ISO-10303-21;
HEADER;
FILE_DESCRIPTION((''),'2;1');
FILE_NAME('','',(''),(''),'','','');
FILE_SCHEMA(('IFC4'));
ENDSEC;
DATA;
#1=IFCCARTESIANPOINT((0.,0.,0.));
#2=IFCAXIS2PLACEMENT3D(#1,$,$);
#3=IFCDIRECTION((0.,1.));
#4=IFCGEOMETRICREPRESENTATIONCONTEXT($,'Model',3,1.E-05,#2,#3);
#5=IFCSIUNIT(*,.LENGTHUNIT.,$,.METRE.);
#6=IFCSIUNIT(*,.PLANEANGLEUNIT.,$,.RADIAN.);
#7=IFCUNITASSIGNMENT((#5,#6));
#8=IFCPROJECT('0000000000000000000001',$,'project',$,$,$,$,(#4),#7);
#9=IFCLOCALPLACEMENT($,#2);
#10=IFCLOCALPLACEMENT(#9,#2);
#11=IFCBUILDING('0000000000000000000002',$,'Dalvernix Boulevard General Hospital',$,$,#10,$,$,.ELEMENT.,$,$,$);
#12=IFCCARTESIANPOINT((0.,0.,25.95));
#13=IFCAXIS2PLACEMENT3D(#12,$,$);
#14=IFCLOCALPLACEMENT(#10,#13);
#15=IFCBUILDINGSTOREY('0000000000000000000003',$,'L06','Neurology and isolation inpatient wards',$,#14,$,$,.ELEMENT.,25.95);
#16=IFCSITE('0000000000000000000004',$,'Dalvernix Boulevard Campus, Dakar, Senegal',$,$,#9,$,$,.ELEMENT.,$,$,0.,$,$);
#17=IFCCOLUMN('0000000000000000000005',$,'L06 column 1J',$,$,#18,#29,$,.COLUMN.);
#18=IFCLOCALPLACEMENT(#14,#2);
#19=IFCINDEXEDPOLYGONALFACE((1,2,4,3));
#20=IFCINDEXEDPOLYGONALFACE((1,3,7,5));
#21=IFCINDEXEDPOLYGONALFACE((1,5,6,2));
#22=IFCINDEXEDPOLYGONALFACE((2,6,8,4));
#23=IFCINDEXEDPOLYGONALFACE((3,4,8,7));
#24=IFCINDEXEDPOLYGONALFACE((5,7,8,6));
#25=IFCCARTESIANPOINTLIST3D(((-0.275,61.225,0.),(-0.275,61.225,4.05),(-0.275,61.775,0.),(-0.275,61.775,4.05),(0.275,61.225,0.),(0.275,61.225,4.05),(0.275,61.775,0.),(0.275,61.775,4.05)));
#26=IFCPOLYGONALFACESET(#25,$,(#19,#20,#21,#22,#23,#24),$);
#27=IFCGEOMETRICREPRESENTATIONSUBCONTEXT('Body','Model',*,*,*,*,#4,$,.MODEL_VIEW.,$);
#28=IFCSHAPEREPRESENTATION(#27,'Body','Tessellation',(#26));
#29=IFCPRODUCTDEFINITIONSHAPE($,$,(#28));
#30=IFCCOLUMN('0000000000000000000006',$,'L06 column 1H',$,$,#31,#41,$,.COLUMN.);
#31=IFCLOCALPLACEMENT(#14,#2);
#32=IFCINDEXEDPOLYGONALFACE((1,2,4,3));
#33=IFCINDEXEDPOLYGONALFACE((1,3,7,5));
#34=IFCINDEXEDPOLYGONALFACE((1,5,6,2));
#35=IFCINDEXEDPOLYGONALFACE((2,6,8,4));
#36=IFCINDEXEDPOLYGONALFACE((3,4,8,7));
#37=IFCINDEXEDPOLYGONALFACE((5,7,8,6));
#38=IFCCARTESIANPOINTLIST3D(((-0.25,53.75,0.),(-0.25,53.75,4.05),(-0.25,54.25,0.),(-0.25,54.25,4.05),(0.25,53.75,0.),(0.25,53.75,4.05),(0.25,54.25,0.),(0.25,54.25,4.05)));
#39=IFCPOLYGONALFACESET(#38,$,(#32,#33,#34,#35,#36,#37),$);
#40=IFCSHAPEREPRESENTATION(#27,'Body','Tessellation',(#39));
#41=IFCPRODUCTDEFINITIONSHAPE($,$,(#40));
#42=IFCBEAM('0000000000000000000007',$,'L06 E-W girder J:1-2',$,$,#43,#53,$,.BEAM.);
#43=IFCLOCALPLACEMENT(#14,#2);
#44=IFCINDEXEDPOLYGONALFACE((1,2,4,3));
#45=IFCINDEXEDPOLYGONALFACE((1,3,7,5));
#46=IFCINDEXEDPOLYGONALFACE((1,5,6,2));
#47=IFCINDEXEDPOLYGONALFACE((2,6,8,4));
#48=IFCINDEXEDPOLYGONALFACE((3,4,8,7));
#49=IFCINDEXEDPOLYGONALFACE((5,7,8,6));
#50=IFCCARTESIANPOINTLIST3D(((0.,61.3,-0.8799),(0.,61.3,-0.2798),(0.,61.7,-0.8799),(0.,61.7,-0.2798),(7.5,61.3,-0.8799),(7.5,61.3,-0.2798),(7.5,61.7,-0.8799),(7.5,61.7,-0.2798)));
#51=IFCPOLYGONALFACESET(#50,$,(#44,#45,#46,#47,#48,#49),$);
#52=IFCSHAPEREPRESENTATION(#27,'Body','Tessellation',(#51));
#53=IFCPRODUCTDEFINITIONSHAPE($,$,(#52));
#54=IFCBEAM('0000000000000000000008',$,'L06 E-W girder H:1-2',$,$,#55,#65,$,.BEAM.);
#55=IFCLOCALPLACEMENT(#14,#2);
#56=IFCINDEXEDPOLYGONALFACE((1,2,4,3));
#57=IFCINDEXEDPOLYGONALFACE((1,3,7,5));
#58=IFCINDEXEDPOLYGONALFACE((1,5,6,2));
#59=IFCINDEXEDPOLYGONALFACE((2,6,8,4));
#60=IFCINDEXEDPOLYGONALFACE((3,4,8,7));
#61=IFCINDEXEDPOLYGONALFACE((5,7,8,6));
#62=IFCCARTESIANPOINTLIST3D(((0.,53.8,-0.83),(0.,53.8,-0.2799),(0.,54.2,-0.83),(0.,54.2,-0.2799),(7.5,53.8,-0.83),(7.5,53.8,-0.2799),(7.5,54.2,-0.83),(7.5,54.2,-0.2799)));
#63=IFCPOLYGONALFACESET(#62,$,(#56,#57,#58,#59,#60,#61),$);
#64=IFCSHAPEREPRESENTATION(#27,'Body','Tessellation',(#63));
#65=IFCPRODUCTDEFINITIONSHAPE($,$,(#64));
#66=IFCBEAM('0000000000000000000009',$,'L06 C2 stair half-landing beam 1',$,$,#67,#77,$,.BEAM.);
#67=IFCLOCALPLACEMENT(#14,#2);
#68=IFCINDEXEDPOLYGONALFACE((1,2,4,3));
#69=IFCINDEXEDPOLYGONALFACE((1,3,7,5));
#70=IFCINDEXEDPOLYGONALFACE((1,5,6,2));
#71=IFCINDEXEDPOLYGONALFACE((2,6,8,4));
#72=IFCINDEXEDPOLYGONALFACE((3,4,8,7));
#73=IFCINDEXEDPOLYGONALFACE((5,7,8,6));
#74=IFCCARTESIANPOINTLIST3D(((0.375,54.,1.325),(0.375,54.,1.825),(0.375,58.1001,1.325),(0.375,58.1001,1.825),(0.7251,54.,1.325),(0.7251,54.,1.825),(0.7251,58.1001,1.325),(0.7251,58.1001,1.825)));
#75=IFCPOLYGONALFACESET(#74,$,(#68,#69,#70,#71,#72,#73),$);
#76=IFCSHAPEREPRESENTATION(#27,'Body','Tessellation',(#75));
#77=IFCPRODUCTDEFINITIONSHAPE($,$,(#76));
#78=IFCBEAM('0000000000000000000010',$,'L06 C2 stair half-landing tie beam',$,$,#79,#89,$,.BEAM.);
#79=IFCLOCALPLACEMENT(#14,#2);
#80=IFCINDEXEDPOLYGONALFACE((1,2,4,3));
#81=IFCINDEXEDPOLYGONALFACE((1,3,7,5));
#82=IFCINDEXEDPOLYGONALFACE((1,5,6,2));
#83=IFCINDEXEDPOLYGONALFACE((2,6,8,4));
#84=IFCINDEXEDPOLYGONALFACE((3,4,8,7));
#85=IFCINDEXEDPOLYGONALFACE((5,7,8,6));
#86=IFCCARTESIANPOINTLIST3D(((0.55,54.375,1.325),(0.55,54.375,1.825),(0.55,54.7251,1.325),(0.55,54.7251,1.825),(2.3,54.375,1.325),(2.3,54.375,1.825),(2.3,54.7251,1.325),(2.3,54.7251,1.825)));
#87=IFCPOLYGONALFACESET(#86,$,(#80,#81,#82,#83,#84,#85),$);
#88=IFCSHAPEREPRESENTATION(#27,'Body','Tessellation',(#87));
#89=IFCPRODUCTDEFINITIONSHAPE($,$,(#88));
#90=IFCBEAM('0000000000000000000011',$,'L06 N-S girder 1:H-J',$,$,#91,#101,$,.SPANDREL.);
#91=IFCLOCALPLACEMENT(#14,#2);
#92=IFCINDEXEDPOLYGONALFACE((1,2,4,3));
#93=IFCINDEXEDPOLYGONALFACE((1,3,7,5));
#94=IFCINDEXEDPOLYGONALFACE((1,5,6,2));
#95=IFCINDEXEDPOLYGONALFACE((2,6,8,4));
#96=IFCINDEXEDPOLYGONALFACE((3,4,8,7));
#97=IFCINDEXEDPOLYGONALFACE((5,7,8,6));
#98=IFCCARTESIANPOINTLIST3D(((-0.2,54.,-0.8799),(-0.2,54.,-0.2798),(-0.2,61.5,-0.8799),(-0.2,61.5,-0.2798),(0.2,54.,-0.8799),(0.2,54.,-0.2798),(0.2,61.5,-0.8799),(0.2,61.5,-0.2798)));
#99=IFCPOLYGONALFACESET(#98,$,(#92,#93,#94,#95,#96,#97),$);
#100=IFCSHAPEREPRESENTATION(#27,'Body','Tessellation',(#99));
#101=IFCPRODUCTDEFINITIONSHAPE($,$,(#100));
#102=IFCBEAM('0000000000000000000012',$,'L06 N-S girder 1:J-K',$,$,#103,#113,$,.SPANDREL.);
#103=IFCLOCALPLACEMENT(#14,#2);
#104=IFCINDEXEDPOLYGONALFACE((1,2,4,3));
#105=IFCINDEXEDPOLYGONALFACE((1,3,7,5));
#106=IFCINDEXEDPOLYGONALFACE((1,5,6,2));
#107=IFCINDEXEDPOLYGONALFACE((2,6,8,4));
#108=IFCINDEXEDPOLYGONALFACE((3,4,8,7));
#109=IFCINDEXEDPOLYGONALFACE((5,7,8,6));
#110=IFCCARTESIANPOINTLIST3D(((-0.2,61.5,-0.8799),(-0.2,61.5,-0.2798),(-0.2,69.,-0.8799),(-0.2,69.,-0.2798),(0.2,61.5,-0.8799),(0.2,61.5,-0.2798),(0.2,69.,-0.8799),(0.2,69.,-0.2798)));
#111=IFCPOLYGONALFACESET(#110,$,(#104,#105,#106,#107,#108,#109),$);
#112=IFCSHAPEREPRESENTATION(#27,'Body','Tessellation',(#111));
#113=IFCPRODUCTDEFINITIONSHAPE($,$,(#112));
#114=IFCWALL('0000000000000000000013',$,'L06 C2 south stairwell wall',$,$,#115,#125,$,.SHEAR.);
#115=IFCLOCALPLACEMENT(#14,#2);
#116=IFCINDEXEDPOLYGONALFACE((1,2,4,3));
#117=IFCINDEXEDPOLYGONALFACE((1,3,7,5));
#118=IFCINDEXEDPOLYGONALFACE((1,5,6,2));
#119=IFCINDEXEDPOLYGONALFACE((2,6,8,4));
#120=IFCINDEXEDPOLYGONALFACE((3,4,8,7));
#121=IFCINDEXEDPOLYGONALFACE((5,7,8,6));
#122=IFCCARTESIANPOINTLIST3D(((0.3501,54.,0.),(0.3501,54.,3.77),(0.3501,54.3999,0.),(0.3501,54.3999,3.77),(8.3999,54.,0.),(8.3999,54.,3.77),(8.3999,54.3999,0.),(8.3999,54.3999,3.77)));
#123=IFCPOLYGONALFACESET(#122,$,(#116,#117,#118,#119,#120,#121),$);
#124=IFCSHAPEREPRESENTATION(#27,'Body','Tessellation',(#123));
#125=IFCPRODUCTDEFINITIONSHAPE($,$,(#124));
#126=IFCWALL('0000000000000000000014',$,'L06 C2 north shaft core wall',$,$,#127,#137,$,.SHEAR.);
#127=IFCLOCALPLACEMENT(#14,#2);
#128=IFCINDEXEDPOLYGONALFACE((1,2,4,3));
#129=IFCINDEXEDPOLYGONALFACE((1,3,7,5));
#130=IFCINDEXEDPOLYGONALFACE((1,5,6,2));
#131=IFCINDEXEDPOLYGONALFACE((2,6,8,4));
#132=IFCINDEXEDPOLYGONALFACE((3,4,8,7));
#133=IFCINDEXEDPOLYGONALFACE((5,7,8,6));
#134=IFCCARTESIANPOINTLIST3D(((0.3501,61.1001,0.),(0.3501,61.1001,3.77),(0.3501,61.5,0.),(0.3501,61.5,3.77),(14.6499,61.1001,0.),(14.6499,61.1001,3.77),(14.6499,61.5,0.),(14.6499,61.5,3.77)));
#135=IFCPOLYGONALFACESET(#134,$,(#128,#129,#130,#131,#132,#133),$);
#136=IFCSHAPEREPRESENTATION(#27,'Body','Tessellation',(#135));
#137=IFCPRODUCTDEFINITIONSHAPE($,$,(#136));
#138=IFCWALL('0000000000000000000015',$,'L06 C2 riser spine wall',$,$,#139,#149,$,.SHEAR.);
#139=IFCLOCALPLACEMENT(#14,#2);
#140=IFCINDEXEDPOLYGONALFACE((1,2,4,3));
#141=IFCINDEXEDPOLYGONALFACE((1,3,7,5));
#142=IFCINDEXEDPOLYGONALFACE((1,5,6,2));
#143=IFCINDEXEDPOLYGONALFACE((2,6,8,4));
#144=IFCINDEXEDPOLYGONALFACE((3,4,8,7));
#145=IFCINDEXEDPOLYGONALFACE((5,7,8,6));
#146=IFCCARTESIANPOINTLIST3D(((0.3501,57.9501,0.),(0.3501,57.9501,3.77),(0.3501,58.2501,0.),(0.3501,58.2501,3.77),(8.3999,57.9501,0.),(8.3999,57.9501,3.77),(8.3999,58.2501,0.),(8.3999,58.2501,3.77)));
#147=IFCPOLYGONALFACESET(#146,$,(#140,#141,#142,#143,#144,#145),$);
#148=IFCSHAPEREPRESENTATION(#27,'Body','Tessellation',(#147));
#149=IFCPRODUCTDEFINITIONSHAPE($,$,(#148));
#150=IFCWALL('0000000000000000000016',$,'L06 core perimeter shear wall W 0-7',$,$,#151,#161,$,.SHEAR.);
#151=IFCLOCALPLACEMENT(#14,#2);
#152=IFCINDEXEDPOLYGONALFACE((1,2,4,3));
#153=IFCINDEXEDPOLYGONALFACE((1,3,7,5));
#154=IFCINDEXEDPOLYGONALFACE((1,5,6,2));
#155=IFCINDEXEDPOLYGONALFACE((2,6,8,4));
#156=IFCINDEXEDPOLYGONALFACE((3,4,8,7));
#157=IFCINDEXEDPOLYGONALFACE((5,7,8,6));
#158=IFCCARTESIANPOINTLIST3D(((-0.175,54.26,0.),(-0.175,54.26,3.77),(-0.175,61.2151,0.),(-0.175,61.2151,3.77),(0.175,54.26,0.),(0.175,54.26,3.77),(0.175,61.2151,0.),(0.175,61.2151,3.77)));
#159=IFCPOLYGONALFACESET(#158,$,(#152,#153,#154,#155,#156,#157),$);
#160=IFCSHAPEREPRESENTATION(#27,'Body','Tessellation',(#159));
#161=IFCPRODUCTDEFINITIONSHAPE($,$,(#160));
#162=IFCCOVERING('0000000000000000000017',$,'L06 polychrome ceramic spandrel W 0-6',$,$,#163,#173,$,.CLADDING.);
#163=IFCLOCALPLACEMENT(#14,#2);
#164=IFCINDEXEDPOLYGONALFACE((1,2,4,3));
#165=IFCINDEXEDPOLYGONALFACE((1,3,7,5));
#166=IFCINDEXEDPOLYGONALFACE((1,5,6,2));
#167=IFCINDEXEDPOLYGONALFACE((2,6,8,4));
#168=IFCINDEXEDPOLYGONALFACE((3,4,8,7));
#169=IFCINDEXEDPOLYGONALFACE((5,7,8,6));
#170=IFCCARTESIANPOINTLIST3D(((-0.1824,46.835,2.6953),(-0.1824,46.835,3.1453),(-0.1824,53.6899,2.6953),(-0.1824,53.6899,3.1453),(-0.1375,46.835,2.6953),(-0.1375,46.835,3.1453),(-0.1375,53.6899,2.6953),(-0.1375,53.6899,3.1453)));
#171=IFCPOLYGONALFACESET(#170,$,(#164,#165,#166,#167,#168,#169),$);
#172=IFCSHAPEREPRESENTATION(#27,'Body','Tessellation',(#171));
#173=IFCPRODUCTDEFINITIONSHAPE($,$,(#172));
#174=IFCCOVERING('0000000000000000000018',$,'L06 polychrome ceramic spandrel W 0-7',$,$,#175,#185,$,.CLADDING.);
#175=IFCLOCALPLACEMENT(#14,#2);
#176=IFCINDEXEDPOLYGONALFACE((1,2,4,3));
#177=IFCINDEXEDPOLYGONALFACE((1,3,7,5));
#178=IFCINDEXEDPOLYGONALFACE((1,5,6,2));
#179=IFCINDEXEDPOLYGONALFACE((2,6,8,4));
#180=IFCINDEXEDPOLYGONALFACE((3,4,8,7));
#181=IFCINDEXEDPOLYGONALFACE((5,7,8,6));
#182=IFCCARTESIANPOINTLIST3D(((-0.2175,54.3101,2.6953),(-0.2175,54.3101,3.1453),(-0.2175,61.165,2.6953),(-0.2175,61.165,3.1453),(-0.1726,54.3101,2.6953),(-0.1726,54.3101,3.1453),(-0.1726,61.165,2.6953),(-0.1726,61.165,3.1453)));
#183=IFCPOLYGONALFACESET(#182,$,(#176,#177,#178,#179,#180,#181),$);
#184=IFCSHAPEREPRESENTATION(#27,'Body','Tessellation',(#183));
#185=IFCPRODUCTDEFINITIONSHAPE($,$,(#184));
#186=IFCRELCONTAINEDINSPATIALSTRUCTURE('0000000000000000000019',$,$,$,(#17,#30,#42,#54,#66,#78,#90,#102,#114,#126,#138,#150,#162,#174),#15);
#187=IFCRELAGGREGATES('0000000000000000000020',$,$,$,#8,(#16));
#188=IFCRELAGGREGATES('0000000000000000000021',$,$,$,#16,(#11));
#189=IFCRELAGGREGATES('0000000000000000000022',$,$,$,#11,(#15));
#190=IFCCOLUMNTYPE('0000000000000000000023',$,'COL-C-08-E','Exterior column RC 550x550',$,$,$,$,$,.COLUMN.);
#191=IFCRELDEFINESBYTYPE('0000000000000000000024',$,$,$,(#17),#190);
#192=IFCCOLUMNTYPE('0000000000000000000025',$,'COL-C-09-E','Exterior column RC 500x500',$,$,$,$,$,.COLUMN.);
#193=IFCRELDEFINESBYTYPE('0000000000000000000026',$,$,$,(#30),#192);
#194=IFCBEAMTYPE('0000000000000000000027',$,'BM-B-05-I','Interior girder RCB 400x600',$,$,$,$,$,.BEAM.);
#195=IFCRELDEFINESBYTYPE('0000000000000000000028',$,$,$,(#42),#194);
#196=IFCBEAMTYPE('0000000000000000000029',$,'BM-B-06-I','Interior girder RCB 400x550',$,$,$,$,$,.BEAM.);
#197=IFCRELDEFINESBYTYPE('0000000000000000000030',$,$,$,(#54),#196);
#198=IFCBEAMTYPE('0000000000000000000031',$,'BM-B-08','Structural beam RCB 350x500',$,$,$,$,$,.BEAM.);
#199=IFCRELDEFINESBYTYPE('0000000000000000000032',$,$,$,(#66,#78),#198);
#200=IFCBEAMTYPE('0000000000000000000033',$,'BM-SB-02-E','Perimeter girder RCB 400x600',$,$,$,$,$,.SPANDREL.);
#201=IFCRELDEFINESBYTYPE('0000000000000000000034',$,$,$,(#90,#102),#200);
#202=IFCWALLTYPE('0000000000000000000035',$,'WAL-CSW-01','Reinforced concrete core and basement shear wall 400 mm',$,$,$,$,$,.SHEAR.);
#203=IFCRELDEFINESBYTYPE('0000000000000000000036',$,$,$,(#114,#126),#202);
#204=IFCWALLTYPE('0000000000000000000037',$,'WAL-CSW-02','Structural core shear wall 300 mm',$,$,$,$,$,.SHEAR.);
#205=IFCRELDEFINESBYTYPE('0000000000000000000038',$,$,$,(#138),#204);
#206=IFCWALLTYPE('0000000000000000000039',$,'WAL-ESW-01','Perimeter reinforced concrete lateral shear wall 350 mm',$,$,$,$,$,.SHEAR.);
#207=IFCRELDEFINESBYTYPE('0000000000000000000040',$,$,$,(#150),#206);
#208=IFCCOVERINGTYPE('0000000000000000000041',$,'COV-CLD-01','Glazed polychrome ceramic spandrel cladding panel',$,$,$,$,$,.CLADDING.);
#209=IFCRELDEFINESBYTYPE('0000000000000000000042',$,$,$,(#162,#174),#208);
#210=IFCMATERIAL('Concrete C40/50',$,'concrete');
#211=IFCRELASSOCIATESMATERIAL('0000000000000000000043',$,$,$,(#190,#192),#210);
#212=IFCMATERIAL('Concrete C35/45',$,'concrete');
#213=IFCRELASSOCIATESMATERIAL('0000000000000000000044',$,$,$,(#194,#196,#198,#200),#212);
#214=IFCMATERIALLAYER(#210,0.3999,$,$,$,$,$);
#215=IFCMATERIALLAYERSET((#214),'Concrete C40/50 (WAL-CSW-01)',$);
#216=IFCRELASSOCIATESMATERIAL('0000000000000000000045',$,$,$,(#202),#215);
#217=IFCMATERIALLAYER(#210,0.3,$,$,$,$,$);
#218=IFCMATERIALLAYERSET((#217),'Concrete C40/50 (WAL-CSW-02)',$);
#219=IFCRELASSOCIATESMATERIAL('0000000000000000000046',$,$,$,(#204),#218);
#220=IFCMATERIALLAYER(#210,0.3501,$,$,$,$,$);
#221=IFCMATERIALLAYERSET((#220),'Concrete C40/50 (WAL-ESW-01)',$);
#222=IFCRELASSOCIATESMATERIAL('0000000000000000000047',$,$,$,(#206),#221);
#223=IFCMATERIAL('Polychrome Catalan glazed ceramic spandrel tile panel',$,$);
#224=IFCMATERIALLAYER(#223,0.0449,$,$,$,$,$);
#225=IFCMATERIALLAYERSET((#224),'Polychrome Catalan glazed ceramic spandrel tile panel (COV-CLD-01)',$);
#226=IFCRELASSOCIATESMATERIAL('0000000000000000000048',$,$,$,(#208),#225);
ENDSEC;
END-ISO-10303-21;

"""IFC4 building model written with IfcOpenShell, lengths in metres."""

from ifc_helpers import new_model, si_unit, direction, frame, frame_2d, origin, origin_2d, place, context, subcontext, project, spatial, rectangle, extrude, material, layer, layer_set, material_profile, profile_set, type_object, element, save


model = new_model("IFC4")

# Units and contexts
model_context = context("Model", 3, precision=1e-05, world=origin(), true_north=direction((0.0, 1.0)))
body_context = subcontext(model_context, "Body", "Model", "MODEL_VIEW")
ifc_project = project(units=[si_unit("LENGTHUNIT", "METRE"), si_unit("PLANEANGLEUNIT", "RADIAN")], contexts=[model_context])

# Site, building, storey
site_placement = place(None, origin())
site = spatial("IfcSite", under=ifc_project, at=site_placement, Name="Dalvernix Boulevard Campus, Dakar, Senegal", CompositionType="ELEMENT", RefElevation=0.0)
building_placement = place(site_placement, origin())
building = spatial("IfcBuilding", under=site, at=building_placement, Name="Dalvernix Boulevard General Hospital", CompositionType="ELEMENT")
storey_placement = place(building_placement, frame((0.0, 0.0, 25.95)))
storey = spatial("IfcBuildingStorey", under=building, at=storey_placement, Name="L06", Description="Neurology and isolation inpatient wards", CompositionType="ELEMENT", Elevation=25.95)

# Columns
ifc_material_1 = material(Name="Concrete C40/50", Category="concrete")
ifc_material_profile_1 = material_profile(ifc_material_1, rectangle(XDim=0.55, YDim=0.55, at=origin_2d()), Name="RC 550x550")
ifc_profile_set_1 = profile_set([ifc_material_profile_1], Name="Concrete C40/50")
column_type_1 = type_object("IfcColumnType", Name="COL-C-08-E", Description="Exterior column RC 550x550", PredefinedType="COLUMN", material=ifc_profile_set_1)
column_1_placement = place(storey_placement, frame((0.0, 61.5, 0.0), z_axis=(0.0, 0.0, 1.0), x_axis=(1.0, 0.0, 0.0)))
element("IfcColumn", 1, at=column_1_placement, inside=storey, type_object=column_type_1, Name="L06 column 1J", PredefinedType="COLUMN", context=body_context, shape_type="SweptSolid", body=[
    extrude(rectangle(XDim=0.55, YDim=0.55, at=origin_2d()), origin(), (0.0, 0.0, 1.0), 4.05),
])
ifc_material_profile_2 = material_profile(ifc_material_1, rectangle(XDim=0.5, YDim=0.5, at=origin_2d()), Name="RC 500x500")
ifc_profile_set_2 = profile_set([ifc_material_profile_2], Name="Concrete C40/50")
column_type_2 = type_object("IfcColumnType", Name="COL-C-09-E", Description="Exterior column RC 500x500", PredefinedType="COLUMN", material=ifc_profile_set_2)
column_2_placement = place(storey_placement, frame((0.0, 54.0, 0.0), z_axis=(0.0, 0.0, 1.0), x_axis=(1.0, 0.0, 0.0)))
element("IfcColumn", 2, at=column_2_placement, inside=storey, type_object=column_type_2, Name="L06 column 1H", PredefinedType="COLUMN", context=body_context, shape_type="SweptSolid", body=[
    extrude(rectangle(XDim=0.5, YDim=0.5, at=origin_2d()), origin(), (0.0, 0.0, 1.0), 4.05),
])

# Beams
ifc_material_2 = material(Name="Concrete C35/45", Category="concrete")
ifc_material_profile_3 = material_profile(ifc_material_2, rectangle(XDim=0.3999, YDim=0.6001, at=origin_2d()), Name="RCB 400x600")
ifc_profile_set_3 = profile_set([ifc_material_profile_3], Name="Concrete C35/45")
beam_type_1 = type_object("IfcBeamType", Name="BM-B-05-I", Description="Interior girder RCB 400x600", PredefinedType="BEAM", material=ifc_profile_set_3)
beam_1_placement = place(storey_placement, frame((0.0, 61.5, -0.5798), z_axis=(1.0, 0.0, 0.0), x_axis=(0.0, 1.0, 0.0)))
element("IfcBeam", 3, at=beam_1_placement, inside=storey, type_object=beam_type_1, Name="L06 E-W girder J:1-2", PredefinedType="BEAM", context=body_context, shape_type="SweptSolid", body=[
    extrude(rectangle(XDim=0.3999, YDim=0.6001, at=origin_2d()), origin(), (0.0, 0.0, 1.0), 7.5),
])
ifc_material_profile_4 = material_profile(ifc_material_2, rectangle(XDim=0.3999, YDim=0.55, at=origin_2d()), Name="RCB 400x550")
ifc_profile_set_4 = profile_set([ifc_material_profile_4], Name="Concrete C35/45")
beam_type_2 = type_object("IfcBeamType", Name="BM-B-06-I", Description="Interior girder RCB 400x550", PredefinedType="BEAM", material=ifc_profile_set_4)
beam_2_placement = place(storey_placement, frame((0.0, 54.0, -0.5549), z_axis=(1.0, 0.0, 0.0), x_axis=(0.0, 1.0, 0.0)))
element("IfcBeam", 4, at=beam_2_placement, inside=storey, type_object=beam_type_2, Name="L06 E-W girder H:1-2", PredefinedType="BEAM", context=body_context, shape_type="SweptSolid", body=[
    extrude(rectangle(XDim=0.3999, YDim=0.55, at=origin_2d()), origin(), (0.0, 0.0, 1.0), 7.5),
])
ifc_material_profile_5 = material_profile(ifc_material_2, rectangle(XDim=0.3501, YDim=0.5, at=origin_2d()), Name="RCB 350x500")
ifc_profile_set_5 = profile_set([ifc_material_profile_5], Name="Concrete C35/45")
beam_type_3 = type_object("IfcBeamType", Name="BM-B-08", Description="Structural beam RCB 350x500", PredefinedType="BEAM", material=ifc_profile_set_5)
beam_3_placement = place(storey_placement, frame((0.55, 54.0, 1.575), z_axis=(0.0, 1.0, 0.0), x_axis=(-1.0, 0.0, 0.0)))
element("IfcBeam", 5, at=beam_3_placement, inside=storey, type_object=beam_type_3, Name="L06 C2 stair half-landing beam 1", PredefinedType="BEAM", context=body_context, shape_type="SweptSolid", body=[
    extrude(rectangle(XDim=0.3501, YDim=0.5, at=origin_2d()), origin(), (0.0, 0.0, 1.0), 4.1001),
])
beam_4_placement = place(storey_placement, frame((0.55, 54.55, 1.575), z_axis=(1.0, 0.0, 0.0), x_axis=(0.0, 1.0, 0.0)))
element("IfcBeam", 6, at=beam_4_placement, inside=storey, type_object=beam_type_3, Name="L06 C2 stair half-landing tie beam", PredefinedType="BEAM", context=body_context, shape_type="SweptSolid", body=[
    extrude(rectangle(XDim=0.3501, YDim=0.5, at=origin_2d()), origin(), (0.0, 0.0, 1.0), 1.75),
])
ifc_material_profile_6 = material_profile(ifc_material_2, rectangle(XDim=0.3999, YDim=0.6001, at=origin_2d()), Name="RCB 400x600")
ifc_profile_set_6 = profile_set([ifc_material_profile_6], Name="Concrete C35/45")
beam_type_4 = type_object("IfcBeamType", Name="BM-SB-02-E", Description="Perimeter girder RCB 400x600", PredefinedType="SPANDREL", material=ifc_profile_set_6)
for number, where, z_axis, x_axis, name in (
    (7, (0.0, 54.0, -0.5798), (0.0, 1.0, 0.0), (-1.0, 0.0, 0.0), "L06 N-S girder 1:H-J"),
    (8, (0.0, 61.5, -0.5798), (0.0, 1.0, 0.0), (-1.0, 0.0, 0.0), "L06 N-S girder 1:J-K"),
):
    element("IfcBeam", number, at=place(storey_placement, frame(where, z_axis=z_axis, x_axis=x_axis)), inside=storey, type_object=beam_type_4, Name=name, PredefinedType="SPANDREL", context=body_context, shape_type="SweptSolid", body=[
        extrude(rectangle(XDim=0.3999, YDim=0.6001, at=origin_2d()), origin(), (0.0, 0.0, 1.0), 7.5),
    ])

# Walls
ifc_layer_1 = layer(ifc_material_1, 0.3999)
ifc_layer_set_1 = layer_set([ifc_layer_1], Name="Concrete C40/50 (WAL-CSW-01)")
wall_type_1 = type_object("IfcWallType", Name="WAL-CSW-01", Description="Reinforced concrete core and basement shear wall 400 mm", PredefinedType="SHEAR", material=ifc_layer_set_1)
wall_1_placement = place(storey_placement, frame((0.3501, 54.2, 0.0), z_axis=(0.0, 0.0, 1.0), x_axis=(1.0, 0.0, 0.0)))
element("IfcWall", 9, at=wall_1_placement, inside=storey, type_object=wall_type_1, Name="L06 C2 south stairwell wall", PredefinedType="SHEAR", context=body_context, shape_type="SweptSolid", body=[
    extrude(rectangle(XDim=8.0498, YDim=0.3999, at=frame_2d((4.0249, 0.0))), origin(), (0.0, 0.0, 1.0), 3.77),
])
wall_2_placement = place(storey_placement, frame((0.3501, 61.3, 0.0), z_axis=(0.0, 0.0, 1.0), x_axis=(1.0, 0.0, 0.0)))
element("IfcWall", 10, at=wall_2_placement, inside=storey, type_object=wall_type_1, Name="L06 C2 north shaft core wall", PredefinedType="SHEAR", context=body_context, shape_type="SweptSolid", body=[
    extrude(rectangle(XDim=14.2998, YDim=0.3999, at=frame_2d((7.1499, 0.0))), origin(), (0.0, 0.0, 1.0), 3.77),
])
ifc_layer_2 = layer(ifc_material_1, 0.3)
ifc_layer_set_2 = layer_set([ifc_layer_2], Name="Concrete C40/50 (WAL-CSW-02)")
wall_type_2 = type_object("IfcWallType", Name="WAL-CSW-02", Description="Structural core shear wall 300 mm", PredefinedType="SHEAR", material=ifc_layer_set_2)
wall_3_placement = place(storey_placement, frame((0.3501, 58.1001, 0.0), z_axis=(0.0, 0.0, 1.0), x_axis=(1.0, 0.0, 0.0)))
element("IfcWall", 11, at=wall_3_placement, inside=storey, type_object=wall_type_2, Name="L06 C2 riser spine wall", PredefinedType="SHEAR", context=body_context, shape_type="SweptSolid", body=[
    extrude(rectangle(XDim=8.0498, YDim=0.3, at=frame_2d((4.0249, 0.0))), origin(), (0.0, 0.0, 1.0), 3.77),
])
ifc_layer_3 = layer(ifc_material_1, 0.3501)
ifc_layer_set_3 = layer_set([ifc_layer_3], Name="Concrete C40/50 (WAL-ESW-01)")
wall_type_3 = type_object("IfcWallType", Name="WAL-ESW-01", Description="Perimeter reinforced concrete lateral shear wall 350 mm", PredefinedType="SHEAR", material=ifc_layer_set_3)
wall_4_placement = place(storey_placement, frame((0.0, 54.26, 0.0), z_axis=(0.0, 0.0, 1.0), x_axis=(0.0, 1.0, 0.0)))
element("IfcWall", 12, at=wall_4_placement, inside=storey, type_object=wall_type_3, Name="L06 core perimeter shear wall W 0-7", PredefinedType="SHEAR", context=body_context, shape_type="SweptSolid", body=[
    extrude(rectangle(XDim=6.9551, YDim=0.3501, at=frame_2d((3.4775, 0.0))), origin(), (0.0, 0.0, 1.0), 3.77),
])

# Coverings
ifc_material_3 = material(Name="Polychrome Catalan glazed ceramic spandrel tile panel")
ifc_layer_4 = layer(ifc_material_3, 0.0449)
ifc_layer_set_4 = layer_set([ifc_layer_4], Name="Polychrome Catalan glazed ceramic spandrel tile panel (COV-CLD-01)")
covering_type_1 = type_object("IfcCoveringType", Name="COV-CLD-01", Description="Glazed polychrome ceramic spandrel cladding panel", PredefinedType="CLADDING", material=ifc_layer_set_4)
for number, where, z_axis, x_axis, name in (
    (13, (-0.1599, 50.2625, 2.6953), (0.0, 0.0, 1.0), (0.0, 1.0, 0.0), "L06 polychrome ceramic spandrel W 0-6"),
    (14, (-0.1951, 57.7375, 2.6953), (0.0, 0.0, 1.0), (0.0, 1.0, 0.0), "L06 polychrome ceramic spandrel W 0-7"),
):
    element("IfcCovering", number, at=place(storey_placement, frame(where, z_axis=z_axis, x_axis=x_axis)), inside=storey, type_object=covering_type_1, Name=name, PredefinedType="CLADDING", context=body_context, shape_type="SweptSolid", body=[
        extrude(rectangle(XDim=6.855, YDim=0.0449, at=origin_2d()), origin(), (0.0, 0.0, 1.0), 0.45),
    ])

save(model, "model.ifc")
